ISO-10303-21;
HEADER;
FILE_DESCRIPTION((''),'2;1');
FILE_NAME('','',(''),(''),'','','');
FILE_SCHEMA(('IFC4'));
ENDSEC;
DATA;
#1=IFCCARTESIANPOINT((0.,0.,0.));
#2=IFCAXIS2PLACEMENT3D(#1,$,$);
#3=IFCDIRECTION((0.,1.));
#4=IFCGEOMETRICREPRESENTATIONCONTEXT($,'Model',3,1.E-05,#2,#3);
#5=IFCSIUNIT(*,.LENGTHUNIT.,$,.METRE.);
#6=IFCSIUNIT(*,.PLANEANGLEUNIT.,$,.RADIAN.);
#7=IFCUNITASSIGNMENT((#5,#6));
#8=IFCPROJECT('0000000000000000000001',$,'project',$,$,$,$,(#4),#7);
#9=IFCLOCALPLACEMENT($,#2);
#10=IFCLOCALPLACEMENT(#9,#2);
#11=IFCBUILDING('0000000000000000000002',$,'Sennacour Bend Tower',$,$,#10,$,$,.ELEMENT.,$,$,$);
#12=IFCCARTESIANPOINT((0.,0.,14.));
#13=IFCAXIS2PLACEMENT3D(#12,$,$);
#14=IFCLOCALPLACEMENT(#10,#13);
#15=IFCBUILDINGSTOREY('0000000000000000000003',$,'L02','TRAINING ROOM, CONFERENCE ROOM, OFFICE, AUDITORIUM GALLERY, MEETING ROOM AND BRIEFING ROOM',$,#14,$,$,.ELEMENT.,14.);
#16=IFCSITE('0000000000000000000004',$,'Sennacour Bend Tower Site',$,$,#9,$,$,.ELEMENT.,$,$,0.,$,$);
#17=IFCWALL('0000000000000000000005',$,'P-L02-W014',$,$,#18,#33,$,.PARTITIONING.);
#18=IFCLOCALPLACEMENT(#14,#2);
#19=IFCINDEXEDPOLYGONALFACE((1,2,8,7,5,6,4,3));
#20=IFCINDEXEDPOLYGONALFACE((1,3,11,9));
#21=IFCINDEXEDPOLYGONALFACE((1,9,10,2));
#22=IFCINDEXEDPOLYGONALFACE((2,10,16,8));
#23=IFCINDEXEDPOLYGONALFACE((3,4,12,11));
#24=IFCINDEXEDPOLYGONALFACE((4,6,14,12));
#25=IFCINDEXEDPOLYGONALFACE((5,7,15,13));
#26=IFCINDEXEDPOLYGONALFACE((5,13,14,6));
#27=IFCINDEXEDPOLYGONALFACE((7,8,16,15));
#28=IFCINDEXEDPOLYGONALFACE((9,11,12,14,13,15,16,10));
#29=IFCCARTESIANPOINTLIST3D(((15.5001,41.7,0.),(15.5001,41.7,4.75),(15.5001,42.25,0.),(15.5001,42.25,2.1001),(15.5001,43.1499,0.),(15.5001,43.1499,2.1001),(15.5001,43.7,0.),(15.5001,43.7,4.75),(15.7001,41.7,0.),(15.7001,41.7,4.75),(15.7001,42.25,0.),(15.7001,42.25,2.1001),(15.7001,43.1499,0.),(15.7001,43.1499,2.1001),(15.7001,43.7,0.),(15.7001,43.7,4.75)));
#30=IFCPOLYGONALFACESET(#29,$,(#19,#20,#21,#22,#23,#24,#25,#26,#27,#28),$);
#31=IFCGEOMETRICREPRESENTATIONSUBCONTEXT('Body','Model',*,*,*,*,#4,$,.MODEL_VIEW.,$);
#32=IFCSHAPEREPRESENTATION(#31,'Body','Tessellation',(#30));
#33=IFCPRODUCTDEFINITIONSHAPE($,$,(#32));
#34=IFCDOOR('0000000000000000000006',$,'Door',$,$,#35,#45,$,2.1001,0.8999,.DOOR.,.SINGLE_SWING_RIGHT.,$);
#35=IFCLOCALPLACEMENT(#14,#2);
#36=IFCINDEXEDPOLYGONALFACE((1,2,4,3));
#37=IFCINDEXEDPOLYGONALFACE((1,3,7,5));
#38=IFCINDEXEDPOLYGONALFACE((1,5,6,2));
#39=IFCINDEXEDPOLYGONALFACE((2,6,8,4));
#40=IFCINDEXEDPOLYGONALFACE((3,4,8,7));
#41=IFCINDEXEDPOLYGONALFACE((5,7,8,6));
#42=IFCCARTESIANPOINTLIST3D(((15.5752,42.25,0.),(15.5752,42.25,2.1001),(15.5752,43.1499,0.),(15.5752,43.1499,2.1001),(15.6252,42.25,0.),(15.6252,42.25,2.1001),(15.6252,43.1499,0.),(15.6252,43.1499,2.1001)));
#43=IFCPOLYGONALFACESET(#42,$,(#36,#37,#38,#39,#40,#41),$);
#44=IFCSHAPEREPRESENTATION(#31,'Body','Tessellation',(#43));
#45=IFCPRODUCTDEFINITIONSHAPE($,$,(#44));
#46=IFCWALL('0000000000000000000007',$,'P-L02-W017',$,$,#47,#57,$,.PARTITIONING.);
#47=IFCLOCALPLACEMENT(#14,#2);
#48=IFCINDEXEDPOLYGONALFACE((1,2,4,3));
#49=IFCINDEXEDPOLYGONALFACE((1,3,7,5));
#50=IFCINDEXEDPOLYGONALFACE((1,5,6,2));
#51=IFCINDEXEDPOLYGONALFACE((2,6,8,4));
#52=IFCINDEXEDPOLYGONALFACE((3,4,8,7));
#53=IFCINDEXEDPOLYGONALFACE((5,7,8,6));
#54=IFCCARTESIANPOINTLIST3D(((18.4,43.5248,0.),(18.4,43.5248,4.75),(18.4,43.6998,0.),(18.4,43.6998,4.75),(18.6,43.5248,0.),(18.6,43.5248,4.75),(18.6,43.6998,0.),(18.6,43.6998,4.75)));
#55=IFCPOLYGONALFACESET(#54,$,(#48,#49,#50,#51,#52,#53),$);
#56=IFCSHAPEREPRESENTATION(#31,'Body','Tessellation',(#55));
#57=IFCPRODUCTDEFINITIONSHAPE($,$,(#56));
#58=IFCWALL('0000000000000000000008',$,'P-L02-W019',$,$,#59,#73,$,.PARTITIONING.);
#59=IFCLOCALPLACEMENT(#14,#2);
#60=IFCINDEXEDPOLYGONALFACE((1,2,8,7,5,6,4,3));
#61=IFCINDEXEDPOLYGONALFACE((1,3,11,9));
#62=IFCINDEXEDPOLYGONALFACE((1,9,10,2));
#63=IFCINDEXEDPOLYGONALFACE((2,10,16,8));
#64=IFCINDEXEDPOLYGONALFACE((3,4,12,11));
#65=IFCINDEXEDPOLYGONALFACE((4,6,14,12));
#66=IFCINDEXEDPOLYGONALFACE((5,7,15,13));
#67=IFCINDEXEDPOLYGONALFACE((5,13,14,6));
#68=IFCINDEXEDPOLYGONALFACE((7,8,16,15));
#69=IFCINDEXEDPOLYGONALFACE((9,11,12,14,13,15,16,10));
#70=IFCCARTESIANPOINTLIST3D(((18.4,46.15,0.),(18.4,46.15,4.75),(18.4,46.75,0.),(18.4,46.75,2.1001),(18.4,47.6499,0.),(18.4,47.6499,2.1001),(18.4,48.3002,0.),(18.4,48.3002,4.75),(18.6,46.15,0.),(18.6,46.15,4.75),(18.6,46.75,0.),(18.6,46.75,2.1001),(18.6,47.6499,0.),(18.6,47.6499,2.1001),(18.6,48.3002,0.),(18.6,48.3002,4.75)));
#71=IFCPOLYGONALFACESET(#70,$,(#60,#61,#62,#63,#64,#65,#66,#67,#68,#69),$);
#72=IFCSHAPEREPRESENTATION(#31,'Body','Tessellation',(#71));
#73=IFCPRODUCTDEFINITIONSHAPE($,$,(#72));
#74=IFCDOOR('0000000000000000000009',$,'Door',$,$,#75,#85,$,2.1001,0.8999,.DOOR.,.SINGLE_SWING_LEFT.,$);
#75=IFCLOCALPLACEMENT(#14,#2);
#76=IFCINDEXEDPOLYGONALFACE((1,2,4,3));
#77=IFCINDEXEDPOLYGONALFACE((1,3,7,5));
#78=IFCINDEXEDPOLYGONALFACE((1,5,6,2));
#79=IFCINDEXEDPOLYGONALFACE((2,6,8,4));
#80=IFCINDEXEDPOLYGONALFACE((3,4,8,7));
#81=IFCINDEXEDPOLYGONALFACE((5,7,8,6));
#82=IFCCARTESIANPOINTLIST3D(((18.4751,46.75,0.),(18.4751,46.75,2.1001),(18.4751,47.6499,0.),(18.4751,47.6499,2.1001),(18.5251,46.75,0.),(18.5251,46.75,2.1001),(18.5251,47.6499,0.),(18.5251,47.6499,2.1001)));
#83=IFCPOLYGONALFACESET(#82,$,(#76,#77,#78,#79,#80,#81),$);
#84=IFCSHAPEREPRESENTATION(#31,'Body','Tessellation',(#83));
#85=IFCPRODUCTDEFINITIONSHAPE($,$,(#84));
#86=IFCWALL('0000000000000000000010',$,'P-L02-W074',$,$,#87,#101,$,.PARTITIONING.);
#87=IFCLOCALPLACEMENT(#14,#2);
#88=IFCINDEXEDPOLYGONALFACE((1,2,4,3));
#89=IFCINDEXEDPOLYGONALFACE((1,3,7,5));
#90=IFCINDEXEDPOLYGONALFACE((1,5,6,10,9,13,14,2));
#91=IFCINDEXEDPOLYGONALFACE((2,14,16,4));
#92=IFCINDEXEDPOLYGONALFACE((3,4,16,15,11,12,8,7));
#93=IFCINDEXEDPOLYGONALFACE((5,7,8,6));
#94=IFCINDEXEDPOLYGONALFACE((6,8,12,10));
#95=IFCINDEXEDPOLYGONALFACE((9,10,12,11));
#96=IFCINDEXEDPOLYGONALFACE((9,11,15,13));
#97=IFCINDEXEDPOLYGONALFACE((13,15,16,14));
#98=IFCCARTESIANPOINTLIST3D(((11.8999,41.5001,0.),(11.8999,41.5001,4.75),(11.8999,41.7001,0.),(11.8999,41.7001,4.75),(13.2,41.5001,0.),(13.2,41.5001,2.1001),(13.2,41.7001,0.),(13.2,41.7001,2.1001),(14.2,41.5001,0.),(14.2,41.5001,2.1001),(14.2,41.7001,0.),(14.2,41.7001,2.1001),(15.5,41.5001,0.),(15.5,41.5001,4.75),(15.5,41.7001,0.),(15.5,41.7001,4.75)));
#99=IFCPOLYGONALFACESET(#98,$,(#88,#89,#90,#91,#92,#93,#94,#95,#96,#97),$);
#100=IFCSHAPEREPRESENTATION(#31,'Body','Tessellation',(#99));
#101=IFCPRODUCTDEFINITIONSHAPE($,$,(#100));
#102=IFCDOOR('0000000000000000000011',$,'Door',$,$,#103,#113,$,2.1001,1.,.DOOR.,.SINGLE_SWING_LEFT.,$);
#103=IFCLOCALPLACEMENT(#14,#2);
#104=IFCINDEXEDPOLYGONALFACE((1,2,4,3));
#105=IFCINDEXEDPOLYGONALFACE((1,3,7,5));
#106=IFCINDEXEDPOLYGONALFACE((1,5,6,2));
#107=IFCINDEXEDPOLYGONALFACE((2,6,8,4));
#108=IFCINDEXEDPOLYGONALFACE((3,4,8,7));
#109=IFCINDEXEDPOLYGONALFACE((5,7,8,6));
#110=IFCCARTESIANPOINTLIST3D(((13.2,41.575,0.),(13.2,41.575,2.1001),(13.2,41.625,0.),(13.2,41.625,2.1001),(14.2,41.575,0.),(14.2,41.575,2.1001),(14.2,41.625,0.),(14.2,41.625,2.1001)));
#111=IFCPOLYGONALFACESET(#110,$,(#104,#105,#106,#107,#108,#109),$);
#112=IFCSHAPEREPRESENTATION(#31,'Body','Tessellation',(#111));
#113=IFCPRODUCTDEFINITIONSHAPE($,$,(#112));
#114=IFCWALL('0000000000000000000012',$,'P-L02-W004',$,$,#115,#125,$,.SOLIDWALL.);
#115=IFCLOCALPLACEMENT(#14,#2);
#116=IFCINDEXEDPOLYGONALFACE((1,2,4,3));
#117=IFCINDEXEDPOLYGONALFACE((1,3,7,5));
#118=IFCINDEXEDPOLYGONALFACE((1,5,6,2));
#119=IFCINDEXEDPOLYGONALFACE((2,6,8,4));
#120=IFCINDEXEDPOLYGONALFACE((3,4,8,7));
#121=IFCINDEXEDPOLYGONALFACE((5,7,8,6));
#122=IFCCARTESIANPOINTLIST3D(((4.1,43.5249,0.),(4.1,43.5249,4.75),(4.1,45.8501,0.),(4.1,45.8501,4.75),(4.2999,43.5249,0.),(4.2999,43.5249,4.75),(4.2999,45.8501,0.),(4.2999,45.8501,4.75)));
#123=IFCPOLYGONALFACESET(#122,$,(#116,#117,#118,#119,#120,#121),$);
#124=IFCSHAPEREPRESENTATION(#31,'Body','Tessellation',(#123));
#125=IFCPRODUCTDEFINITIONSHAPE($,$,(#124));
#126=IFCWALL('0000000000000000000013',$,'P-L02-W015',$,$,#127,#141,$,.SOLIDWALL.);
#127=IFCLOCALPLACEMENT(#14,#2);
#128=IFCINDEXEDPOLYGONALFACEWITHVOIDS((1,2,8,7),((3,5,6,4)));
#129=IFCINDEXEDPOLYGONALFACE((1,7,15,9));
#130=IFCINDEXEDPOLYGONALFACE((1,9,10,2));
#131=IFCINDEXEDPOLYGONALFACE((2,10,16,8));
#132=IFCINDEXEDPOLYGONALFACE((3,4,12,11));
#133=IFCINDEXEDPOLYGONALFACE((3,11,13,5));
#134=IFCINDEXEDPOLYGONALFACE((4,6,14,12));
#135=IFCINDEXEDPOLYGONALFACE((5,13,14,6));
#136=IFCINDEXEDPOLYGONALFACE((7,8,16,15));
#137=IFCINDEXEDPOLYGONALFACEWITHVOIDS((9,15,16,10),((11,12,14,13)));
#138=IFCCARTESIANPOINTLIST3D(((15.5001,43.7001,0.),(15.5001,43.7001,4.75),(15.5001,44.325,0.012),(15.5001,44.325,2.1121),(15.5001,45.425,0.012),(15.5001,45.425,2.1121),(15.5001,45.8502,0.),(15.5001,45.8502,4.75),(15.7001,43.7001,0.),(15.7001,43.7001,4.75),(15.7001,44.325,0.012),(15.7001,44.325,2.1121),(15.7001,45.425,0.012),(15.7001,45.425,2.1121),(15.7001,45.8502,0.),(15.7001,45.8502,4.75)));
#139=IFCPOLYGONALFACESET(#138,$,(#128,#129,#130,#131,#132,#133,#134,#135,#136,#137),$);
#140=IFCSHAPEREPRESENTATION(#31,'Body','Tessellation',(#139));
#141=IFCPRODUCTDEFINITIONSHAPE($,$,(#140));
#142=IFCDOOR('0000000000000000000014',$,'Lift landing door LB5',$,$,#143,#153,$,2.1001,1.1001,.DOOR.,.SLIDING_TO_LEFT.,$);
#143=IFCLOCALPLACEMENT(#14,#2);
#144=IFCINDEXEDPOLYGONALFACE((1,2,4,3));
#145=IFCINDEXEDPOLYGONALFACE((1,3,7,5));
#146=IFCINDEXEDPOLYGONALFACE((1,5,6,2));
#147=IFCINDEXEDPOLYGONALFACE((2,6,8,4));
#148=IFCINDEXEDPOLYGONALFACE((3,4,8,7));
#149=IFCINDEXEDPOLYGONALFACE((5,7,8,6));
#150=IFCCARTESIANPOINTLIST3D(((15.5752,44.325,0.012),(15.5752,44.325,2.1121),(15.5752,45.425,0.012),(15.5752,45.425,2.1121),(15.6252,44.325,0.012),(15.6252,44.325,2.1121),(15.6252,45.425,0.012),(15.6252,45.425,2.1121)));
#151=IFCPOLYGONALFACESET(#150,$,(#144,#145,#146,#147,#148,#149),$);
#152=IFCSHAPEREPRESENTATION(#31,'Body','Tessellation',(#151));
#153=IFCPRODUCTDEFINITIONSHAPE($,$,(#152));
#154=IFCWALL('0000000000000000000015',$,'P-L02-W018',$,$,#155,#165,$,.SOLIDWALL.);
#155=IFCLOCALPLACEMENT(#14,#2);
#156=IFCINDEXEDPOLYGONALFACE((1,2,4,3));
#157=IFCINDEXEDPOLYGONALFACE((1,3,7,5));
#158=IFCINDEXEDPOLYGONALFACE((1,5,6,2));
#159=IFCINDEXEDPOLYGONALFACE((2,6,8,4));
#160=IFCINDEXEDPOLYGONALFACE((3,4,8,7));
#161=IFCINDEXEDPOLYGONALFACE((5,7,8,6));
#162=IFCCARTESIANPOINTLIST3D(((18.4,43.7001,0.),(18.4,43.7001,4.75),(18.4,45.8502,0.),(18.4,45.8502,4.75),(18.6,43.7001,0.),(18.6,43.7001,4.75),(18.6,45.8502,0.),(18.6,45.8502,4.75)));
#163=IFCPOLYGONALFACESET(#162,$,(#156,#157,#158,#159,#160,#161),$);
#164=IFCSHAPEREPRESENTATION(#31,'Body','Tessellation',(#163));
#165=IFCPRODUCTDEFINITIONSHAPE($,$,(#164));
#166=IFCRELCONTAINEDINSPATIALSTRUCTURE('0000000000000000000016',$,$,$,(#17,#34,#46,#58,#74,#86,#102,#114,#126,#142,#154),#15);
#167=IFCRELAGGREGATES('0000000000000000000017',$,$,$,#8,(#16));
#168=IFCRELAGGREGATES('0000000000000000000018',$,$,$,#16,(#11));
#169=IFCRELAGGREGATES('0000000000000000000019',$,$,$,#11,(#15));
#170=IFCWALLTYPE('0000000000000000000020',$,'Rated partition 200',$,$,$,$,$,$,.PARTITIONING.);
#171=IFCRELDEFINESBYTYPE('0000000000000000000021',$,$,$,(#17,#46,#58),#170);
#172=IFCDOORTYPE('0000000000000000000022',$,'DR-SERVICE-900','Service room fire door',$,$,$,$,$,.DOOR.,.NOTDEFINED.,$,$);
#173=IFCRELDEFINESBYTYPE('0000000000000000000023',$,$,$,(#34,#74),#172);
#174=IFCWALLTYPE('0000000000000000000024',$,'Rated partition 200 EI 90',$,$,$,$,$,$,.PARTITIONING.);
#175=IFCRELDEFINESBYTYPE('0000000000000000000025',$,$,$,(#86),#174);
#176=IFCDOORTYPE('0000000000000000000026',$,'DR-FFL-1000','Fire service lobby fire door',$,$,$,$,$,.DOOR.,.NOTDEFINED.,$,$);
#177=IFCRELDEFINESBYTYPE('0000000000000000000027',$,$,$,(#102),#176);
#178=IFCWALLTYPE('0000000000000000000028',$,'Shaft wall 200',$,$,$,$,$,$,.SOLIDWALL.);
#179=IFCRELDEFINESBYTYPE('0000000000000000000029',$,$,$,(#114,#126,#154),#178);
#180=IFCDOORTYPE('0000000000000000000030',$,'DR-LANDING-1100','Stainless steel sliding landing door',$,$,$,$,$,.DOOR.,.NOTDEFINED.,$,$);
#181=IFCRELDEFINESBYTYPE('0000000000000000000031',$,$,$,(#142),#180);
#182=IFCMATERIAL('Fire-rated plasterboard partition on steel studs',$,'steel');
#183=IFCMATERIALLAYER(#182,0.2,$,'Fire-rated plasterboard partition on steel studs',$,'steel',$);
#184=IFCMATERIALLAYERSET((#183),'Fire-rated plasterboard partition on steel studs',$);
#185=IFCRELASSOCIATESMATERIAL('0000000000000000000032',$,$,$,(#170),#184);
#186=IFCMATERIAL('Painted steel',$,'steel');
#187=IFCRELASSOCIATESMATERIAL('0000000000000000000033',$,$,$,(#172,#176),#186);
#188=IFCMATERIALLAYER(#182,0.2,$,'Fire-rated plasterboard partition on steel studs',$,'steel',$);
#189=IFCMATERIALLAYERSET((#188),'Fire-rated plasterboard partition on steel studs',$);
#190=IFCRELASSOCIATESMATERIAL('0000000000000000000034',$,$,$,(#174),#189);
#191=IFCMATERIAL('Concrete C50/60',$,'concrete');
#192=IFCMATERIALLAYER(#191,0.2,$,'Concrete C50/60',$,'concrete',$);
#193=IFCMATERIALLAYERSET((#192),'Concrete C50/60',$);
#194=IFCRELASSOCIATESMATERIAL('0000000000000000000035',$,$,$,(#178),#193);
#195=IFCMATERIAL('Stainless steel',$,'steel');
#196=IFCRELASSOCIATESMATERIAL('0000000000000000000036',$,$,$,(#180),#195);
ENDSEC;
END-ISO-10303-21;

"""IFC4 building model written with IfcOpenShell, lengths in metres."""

from ifc_helpers import new_model, si_unit, direction, frame, frame_2d, origin, place, context, subcontext, project, spatial, rectangle, extrude, material, layer, layer_set, type_object, element, fill, save


model = new_model("IFC4")

# Units and contexts
model_context = context("Model", 3, precision=1e-05, world=origin(), true_north=direction((0.0, 1.0)))
body_context = subcontext(model_context, "Body", "Model", "MODEL_VIEW")
ifc_project = project(units=[si_unit("LENGTHUNIT", "METRE"), si_unit("PLANEANGLEUNIT", "RADIAN")], contexts=[model_context])

# Site, building, storey
site_placement = place(None, origin())
site = spatial("IfcSite", under=ifc_project, at=site_placement, Name="Sennacour Bend Tower Site", CompositionType="ELEMENT", RefElevation=0.0)
building_placement = place(site_placement, origin())
building = spatial("IfcBuilding", under=site, at=building_placement, Name="Sennacour Bend Tower", CompositionType="ELEMENT")
storey_placement = place(building_placement, frame((0.0, 0.0, 14.0)))
storey = spatial("IfcBuildingStorey", under=building, at=storey_placement, Name="L02", Description="TRAINING ROOM, CONFERENCE ROOM, OFFICE, AUDITORIUM GALLERY, MEETING ROOM AND BRIEFING ROOM", CompositionType="ELEMENT", Elevation=14.0)

# Wall, opening, door
ifc_material_1 = material(Name="Fire-rated plasterboard partition on steel studs", Category="steel")
ifc_layer_1 = layer(ifc_material_1, 0.2, Name="Fire-rated plasterboard partition on steel studs", Category="steel")
ifc_layer_set_1 = layer_set([ifc_layer_1], Name="Fire-rated plasterboard partition on steel studs")
wall_type_1 = type_object("IfcWallType", Name="Rated partition 200", PredefinedType="PARTITIONING", material=ifc_layer_set_1)
wall_1_placement = place(storey_placement, frame((15.6001, 41.7, 0.0), z_axis=(0.0, 0.0, 1.0), x_axis=(0.0, 1.0, 0.0)))
wall_1 = element("IfcWall", 1, at=wall_1_placement, inside=storey, type_object=wall_type_1, Name="P-L02-W014", PredefinedType="PARTITIONING", context=body_context, shape_type="SweptSolid", body=[
    extrude(rectangle(XDim=2.0, YDim=0.2, at=frame_2d((1.0, 0.0))), origin(), (0.0, 0.0, 1.0), 4.75),
])
opening_1_placement = place(wall_1_placement, frame((0.55, 0.0, 0.0)))
opening_1 = element("IfcOpeningElement", 2, at=opening_1_placement, cuts=wall_1, PredefinedType="OPENING", context=body_context, shape_type="SweptSolid", body=[
    extrude(rectangle(XDim=0.8999, YDim=2.1001, at=frame_2d((0.45, 1.05))), frame((0.0, 0.1099, 0.0), z_axis=(0.0, -1.0, 0.0), x_axis=(1.0, 0.0, 0.0)), (0.0, 0.0, 1.0), 0.22),
])
ifc_material_2 = material(Name="Painted steel", Category="steel")
door_type_1 = type_object("IfcDoorType", Name="DR-SERVICE-900", Description="Service room fire door", OperationType="NOTDEFINED", PredefinedType="DOOR", material=ifc_material_2)
door_1_placement = place(opening_1_placement, origin())
door_1 = element("IfcDoor", 3, at=door_1_placement, inside=storey, type_object=door_type_1, Name="Door", OperationType="SINGLE_SWING_RIGHT", OverallHeight=2.1001, OverallWidth=0.8999, PredefinedType="DOOR", context=body_context, shape_type="SweptSolid", body=[
    extrude(rectangle(XDim=0.8999, YDim=2.1001, at=frame_2d((0.45, 1.05))), frame((0.0, 0.0249, 0.0), z_axis=(0.0, -1.0, 0.0), x_axis=(1.0, 0.0, 0.0)), (0.0, 0.0, 1.0), 0.05),
])
fill(opening_1, door_1)

# Wall
wall_2_placement = place(storey_placement, frame((18.5, 43.5249, 0.0), z_axis=(0.0, 0.0, 1.0), x_axis=(0.0, 1.0, 0.0)))
element("IfcWall", 4, at=wall_2_placement, inside=storey, type_object=wall_type_1, Name="P-L02-W017", PredefinedType="PARTITIONING", context=body_context, shape_type="SweptSolid", body=[
    extrude(rectangle(XDim=0.175, YDim=0.2, at=frame_2d((0.0874, 0.0))), origin(), (0.0, 0.0, 1.0), 4.75),
])

# Walls, openings, doors
wall_3_placement = place(storey_placement, frame((18.5, 46.1499, 0.0), z_axis=(0.0, 0.0, 1.0), x_axis=(0.0, 1.0, 0.0)))
wall_3 = element("IfcWall", 5, at=wall_3_placement, inside=storey, type_object=wall_type_1, Name="P-L02-W019", PredefinedType="PARTITIONING", context=body_context, shape_type="SweptSolid", body=[
    extrude(rectangle(XDim=2.1501, YDim=0.2, at=frame_2d((1.0752, 0.0))), origin(), (0.0, 0.0, 1.0), 4.75),
])
opening_2_placement = place(wall_3_placement, frame((0.6001, 0.0, 0.0)))
opening_2 = element("IfcOpeningElement", 6, at=opening_2_placement, cuts=wall_3, PredefinedType="OPENING", context=body_context, shape_type="SweptSolid", body=[
    extrude(rectangle(XDim=0.8999, YDim=2.1001, at=frame_2d((0.45, 1.05))), frame((0.0, 0.1099, 0.0), z_axis=(0.0, -1.0, 0.0), x_axis=(1.0, 0.0, 0.0)), (0.0, 0.0, 1.0), 0.22),
])
door_2_placement = place(opening_2_placement, origin())
door_2 = element("IfcDoor", 7, at=door_2_placement, inside=storey, type_object=door_type_1, Name="Door", OperationType="SINGLE_SWING_LEFT", OverallHeight=2.1001, OverallWidth=0.8999, PredefinedType="DOOR", context=body_context, shape_type="SweptSolid", body=[
    extrude(rectangle(XDim=0.8999, YDim=2.1001, at=frame_2d((0.45, 1.05))), frame((0.0, 0.0249, 0.0), z_axis=(0.0, -1.0, 0.0), x_axis=(1.0, 0.0, 0.0)), (0.0, 0.0, 1.0), 0.05),
])
fill(opening_2, door_2)
ifc_layer_2 = layer(ifc_material_1, 0.2, Name="Fire-rated plasterboard partition on steel studs", Category="steel")
ifc_layer_set_2 = layer_set([ifc_layer_2], Name="Fire-rated plasterboard partition on steel studs")
wall_type_2 = type_object("IfcWallType", Name="Rated partition 200 EI 90", PredefinedType="PARTITIONING", material=ifc_layer_set_2)
wall_4_placement = place(storey_placement, frame((11.8999, 41.6001, 0.0), z_axis=(0.0, 0.0, 1.0), x_axis=(1.0, 0.0, 0.0)))
wall_4 = element("IfcWall", 8, at=wall_4_placement, inside=storey, type_object=wall_type_2, Name="P-L02-W074", PredefinedType="PARTITIONING", context=body_context, shape_type="SweptSolid", body=[
    extrude(rectangle(XDim=3.6001, YDim=0.2, at=frame_2d((1.8, 0.0))), origin(), (0.0, 0.0, 1.0), 4.75),
])
opening_3_placement = place(wall_4_placement, frame((1.3, 0.0, 0.0)))
opening_3 = element("IfcOpeningElement", 9, at=opening_3_placement, cuts=wall_4, PredefinedType="OPENING", context=body_context, shape_type="SweptSolid", body=[
    extrude(rectangle(XDim=1.0, YDim=2.1001, at=frame_2d((0.5, 1.05))), frame((0.0, 0.1099, 0.0), z_axis=(0.0, -1.0, 0.0), x_axis=(1.0, 0.0, 0.0)), (0.0, 0.0, 1.0), 0.22),
])
door_type_2 = type_object("IfcDoorType", Name="DR-FFL-1000", Description="Fire service lobby fire door", OperationType="NOTDEFINED", PredefinedType="DOOR", material=ifc_material_2)
door_3_placement = place(opening_3_placement, origin())
door_3 = element("IfcDoor", 10, at=door_3_placement, inside=storey, type_object=door_type_2, Name="Door", OperationType="SINGLE_SWING_LEFT", OverallHeight=2.1001, OverallWidth=1.0, PredefinedType="DOOR", context=body_context, shape_type="SweptSolid", body=[
    extrude(rectangle(XDim=1.0, YDim=2.1001, at=frame_2d((0.5, 1.05))), frame((0.0, 0.0249, 0.0), z_axis=(0.0, -1.0, 0.0), x_axis=(1.0, 0.0, 0.0)), (0.0, 0.0, 1.0), 0.05),
])
fill(opening_3, door_3)

# Wall
ifc_material_3 = material(Name="Concrete C50/60", Category="concrete")
ifc_layer_3 = layer(ifc_material_3, 0.2, Name="Concrete C50/60", Category="concrete")
ifc_layer_set_3 = layer_set([ifc_layer_3], Name="Concrete C50/60")
wall_type_3 = type_object("IfcWallType", Name="Shaft wall 200", PredefinedType="SOLIDWALL", material=ifc_layer_set_3)
wall_5_placement = place(storey_placement, frame((4.2, 43.5249, 0.0), z_axis=(0.0, 0.0, 1.0), x_axis=(0.0, 1.0, 0.0)))
element("IfcWall", 11, at=wall_5_placement, inside=storey, type_object=wall_type_3, Name="P-L02-W004", PredefinedType="SOLIDWALL", context=body_context, shape_type="SweptSolid", body=[
    extrude(rectangle(XDim=2.3252, YDim=0.2, at=frame_2d((1.1626, 0.0))), origin(), (0.0, 0.0, 1.0), 4.75),
])

# Wall, opening, door
wall_6_placement = place(storey_placement, frame((15.6001, 43.7, 0.0), z_axis=(0.0, 0.0, 1.0), x_axis=(0.0, 1.0, 0.0)))
wall_6 = element("IfcWall", 12, at=wall_6_placement, inside=storey, type_object=wall_type_3, Name="P-L02-W015", PredefinedType="SOLIDWALL", context=body_context, shape_type="SweptSolid", body=[
    extrude(rectangle(XDim=2.1501, YDim=0.2, at=frame_2d((1.0752, 0.0))), origin(), (0.0, 0.0, 1.0), 4.75),
])
opening_4_placement = place(wall_6_placement, frame((0.625, 0.0, 0.012)))
opening_4 = element("IfcOpeningElement", 13, at=opening_4_placement, cuts=wall_6, PredefinedType="OPENING", context=body_context, shape_type="SweptSolid", body=[
    extrude(rectangle(XDim=1.1001, YDim=2.1001, at=frame_2d((0.55, 1.05))), frame((0.0, 0.1099, 0.0), z_axis=(0.0, -1.0, 0.0), x_axis=(1.0, 0.0, 0.0)), (0.0, 0.0, 1.0), 0.22),
])
ifc_material_4 = material(Name="Stainless steel", Category="steel")
door_type_3 = type_object("IfcDoorType", Name="DR-LANDING-1100", Description="Stainless steel sliding landing door", OperationType="NOTDEFINED", PredefinedType="DOOR", material=ifc_material_4)
door_4_placement = place(opening_4_placement, origin())
door_4 = element("IfcDoor", 14, at=door_4_placement, inside=storey, type_object=door_type_3, Name="Lift landing door LB5", OperationType="SLIDING_TO_LEFT", OverallHeight=2.1001, OverallWidth=1.1001, PredefinedType="DOOR", context=body_context, shape_type="SweptSolid", body=[
    extrude(rectangle(XDim=1.1001, YDim=2.1001, at=frame_2d((0.55, 1.05))), frame((0.0, 0.0249, 0.0), z_axis=(0.0, -1.0, 0.0), x_axis=(1.0, 0.0, 0.0)), (0.0, 0.0, 1.0), 0.05),
])
fill(opening_4, door_4)

# Wall
wall_7_placement = place(storey_placement, frame((18.5, 43.7, 0.0), z_axis=(0.0, 0.0, 1.0), x_axis=(0.0, 1.0, 0.0)))
element("IfcWall", 15, at=wall_7_placement, inside=storey, type_object=wall_type_3, Name="P-L02-W018", PredefinedType="SOLIDWALL", context=body_context, shape_type="SweptSolid", body=[
    extrude(rectangle(XDim=2.1501, YDim=0.2, at=frame_2d((1.0752, 0.0))), origin(), (0.0, 0.0, 1.0), 4.75),
])

save(model, "model.ifc")
